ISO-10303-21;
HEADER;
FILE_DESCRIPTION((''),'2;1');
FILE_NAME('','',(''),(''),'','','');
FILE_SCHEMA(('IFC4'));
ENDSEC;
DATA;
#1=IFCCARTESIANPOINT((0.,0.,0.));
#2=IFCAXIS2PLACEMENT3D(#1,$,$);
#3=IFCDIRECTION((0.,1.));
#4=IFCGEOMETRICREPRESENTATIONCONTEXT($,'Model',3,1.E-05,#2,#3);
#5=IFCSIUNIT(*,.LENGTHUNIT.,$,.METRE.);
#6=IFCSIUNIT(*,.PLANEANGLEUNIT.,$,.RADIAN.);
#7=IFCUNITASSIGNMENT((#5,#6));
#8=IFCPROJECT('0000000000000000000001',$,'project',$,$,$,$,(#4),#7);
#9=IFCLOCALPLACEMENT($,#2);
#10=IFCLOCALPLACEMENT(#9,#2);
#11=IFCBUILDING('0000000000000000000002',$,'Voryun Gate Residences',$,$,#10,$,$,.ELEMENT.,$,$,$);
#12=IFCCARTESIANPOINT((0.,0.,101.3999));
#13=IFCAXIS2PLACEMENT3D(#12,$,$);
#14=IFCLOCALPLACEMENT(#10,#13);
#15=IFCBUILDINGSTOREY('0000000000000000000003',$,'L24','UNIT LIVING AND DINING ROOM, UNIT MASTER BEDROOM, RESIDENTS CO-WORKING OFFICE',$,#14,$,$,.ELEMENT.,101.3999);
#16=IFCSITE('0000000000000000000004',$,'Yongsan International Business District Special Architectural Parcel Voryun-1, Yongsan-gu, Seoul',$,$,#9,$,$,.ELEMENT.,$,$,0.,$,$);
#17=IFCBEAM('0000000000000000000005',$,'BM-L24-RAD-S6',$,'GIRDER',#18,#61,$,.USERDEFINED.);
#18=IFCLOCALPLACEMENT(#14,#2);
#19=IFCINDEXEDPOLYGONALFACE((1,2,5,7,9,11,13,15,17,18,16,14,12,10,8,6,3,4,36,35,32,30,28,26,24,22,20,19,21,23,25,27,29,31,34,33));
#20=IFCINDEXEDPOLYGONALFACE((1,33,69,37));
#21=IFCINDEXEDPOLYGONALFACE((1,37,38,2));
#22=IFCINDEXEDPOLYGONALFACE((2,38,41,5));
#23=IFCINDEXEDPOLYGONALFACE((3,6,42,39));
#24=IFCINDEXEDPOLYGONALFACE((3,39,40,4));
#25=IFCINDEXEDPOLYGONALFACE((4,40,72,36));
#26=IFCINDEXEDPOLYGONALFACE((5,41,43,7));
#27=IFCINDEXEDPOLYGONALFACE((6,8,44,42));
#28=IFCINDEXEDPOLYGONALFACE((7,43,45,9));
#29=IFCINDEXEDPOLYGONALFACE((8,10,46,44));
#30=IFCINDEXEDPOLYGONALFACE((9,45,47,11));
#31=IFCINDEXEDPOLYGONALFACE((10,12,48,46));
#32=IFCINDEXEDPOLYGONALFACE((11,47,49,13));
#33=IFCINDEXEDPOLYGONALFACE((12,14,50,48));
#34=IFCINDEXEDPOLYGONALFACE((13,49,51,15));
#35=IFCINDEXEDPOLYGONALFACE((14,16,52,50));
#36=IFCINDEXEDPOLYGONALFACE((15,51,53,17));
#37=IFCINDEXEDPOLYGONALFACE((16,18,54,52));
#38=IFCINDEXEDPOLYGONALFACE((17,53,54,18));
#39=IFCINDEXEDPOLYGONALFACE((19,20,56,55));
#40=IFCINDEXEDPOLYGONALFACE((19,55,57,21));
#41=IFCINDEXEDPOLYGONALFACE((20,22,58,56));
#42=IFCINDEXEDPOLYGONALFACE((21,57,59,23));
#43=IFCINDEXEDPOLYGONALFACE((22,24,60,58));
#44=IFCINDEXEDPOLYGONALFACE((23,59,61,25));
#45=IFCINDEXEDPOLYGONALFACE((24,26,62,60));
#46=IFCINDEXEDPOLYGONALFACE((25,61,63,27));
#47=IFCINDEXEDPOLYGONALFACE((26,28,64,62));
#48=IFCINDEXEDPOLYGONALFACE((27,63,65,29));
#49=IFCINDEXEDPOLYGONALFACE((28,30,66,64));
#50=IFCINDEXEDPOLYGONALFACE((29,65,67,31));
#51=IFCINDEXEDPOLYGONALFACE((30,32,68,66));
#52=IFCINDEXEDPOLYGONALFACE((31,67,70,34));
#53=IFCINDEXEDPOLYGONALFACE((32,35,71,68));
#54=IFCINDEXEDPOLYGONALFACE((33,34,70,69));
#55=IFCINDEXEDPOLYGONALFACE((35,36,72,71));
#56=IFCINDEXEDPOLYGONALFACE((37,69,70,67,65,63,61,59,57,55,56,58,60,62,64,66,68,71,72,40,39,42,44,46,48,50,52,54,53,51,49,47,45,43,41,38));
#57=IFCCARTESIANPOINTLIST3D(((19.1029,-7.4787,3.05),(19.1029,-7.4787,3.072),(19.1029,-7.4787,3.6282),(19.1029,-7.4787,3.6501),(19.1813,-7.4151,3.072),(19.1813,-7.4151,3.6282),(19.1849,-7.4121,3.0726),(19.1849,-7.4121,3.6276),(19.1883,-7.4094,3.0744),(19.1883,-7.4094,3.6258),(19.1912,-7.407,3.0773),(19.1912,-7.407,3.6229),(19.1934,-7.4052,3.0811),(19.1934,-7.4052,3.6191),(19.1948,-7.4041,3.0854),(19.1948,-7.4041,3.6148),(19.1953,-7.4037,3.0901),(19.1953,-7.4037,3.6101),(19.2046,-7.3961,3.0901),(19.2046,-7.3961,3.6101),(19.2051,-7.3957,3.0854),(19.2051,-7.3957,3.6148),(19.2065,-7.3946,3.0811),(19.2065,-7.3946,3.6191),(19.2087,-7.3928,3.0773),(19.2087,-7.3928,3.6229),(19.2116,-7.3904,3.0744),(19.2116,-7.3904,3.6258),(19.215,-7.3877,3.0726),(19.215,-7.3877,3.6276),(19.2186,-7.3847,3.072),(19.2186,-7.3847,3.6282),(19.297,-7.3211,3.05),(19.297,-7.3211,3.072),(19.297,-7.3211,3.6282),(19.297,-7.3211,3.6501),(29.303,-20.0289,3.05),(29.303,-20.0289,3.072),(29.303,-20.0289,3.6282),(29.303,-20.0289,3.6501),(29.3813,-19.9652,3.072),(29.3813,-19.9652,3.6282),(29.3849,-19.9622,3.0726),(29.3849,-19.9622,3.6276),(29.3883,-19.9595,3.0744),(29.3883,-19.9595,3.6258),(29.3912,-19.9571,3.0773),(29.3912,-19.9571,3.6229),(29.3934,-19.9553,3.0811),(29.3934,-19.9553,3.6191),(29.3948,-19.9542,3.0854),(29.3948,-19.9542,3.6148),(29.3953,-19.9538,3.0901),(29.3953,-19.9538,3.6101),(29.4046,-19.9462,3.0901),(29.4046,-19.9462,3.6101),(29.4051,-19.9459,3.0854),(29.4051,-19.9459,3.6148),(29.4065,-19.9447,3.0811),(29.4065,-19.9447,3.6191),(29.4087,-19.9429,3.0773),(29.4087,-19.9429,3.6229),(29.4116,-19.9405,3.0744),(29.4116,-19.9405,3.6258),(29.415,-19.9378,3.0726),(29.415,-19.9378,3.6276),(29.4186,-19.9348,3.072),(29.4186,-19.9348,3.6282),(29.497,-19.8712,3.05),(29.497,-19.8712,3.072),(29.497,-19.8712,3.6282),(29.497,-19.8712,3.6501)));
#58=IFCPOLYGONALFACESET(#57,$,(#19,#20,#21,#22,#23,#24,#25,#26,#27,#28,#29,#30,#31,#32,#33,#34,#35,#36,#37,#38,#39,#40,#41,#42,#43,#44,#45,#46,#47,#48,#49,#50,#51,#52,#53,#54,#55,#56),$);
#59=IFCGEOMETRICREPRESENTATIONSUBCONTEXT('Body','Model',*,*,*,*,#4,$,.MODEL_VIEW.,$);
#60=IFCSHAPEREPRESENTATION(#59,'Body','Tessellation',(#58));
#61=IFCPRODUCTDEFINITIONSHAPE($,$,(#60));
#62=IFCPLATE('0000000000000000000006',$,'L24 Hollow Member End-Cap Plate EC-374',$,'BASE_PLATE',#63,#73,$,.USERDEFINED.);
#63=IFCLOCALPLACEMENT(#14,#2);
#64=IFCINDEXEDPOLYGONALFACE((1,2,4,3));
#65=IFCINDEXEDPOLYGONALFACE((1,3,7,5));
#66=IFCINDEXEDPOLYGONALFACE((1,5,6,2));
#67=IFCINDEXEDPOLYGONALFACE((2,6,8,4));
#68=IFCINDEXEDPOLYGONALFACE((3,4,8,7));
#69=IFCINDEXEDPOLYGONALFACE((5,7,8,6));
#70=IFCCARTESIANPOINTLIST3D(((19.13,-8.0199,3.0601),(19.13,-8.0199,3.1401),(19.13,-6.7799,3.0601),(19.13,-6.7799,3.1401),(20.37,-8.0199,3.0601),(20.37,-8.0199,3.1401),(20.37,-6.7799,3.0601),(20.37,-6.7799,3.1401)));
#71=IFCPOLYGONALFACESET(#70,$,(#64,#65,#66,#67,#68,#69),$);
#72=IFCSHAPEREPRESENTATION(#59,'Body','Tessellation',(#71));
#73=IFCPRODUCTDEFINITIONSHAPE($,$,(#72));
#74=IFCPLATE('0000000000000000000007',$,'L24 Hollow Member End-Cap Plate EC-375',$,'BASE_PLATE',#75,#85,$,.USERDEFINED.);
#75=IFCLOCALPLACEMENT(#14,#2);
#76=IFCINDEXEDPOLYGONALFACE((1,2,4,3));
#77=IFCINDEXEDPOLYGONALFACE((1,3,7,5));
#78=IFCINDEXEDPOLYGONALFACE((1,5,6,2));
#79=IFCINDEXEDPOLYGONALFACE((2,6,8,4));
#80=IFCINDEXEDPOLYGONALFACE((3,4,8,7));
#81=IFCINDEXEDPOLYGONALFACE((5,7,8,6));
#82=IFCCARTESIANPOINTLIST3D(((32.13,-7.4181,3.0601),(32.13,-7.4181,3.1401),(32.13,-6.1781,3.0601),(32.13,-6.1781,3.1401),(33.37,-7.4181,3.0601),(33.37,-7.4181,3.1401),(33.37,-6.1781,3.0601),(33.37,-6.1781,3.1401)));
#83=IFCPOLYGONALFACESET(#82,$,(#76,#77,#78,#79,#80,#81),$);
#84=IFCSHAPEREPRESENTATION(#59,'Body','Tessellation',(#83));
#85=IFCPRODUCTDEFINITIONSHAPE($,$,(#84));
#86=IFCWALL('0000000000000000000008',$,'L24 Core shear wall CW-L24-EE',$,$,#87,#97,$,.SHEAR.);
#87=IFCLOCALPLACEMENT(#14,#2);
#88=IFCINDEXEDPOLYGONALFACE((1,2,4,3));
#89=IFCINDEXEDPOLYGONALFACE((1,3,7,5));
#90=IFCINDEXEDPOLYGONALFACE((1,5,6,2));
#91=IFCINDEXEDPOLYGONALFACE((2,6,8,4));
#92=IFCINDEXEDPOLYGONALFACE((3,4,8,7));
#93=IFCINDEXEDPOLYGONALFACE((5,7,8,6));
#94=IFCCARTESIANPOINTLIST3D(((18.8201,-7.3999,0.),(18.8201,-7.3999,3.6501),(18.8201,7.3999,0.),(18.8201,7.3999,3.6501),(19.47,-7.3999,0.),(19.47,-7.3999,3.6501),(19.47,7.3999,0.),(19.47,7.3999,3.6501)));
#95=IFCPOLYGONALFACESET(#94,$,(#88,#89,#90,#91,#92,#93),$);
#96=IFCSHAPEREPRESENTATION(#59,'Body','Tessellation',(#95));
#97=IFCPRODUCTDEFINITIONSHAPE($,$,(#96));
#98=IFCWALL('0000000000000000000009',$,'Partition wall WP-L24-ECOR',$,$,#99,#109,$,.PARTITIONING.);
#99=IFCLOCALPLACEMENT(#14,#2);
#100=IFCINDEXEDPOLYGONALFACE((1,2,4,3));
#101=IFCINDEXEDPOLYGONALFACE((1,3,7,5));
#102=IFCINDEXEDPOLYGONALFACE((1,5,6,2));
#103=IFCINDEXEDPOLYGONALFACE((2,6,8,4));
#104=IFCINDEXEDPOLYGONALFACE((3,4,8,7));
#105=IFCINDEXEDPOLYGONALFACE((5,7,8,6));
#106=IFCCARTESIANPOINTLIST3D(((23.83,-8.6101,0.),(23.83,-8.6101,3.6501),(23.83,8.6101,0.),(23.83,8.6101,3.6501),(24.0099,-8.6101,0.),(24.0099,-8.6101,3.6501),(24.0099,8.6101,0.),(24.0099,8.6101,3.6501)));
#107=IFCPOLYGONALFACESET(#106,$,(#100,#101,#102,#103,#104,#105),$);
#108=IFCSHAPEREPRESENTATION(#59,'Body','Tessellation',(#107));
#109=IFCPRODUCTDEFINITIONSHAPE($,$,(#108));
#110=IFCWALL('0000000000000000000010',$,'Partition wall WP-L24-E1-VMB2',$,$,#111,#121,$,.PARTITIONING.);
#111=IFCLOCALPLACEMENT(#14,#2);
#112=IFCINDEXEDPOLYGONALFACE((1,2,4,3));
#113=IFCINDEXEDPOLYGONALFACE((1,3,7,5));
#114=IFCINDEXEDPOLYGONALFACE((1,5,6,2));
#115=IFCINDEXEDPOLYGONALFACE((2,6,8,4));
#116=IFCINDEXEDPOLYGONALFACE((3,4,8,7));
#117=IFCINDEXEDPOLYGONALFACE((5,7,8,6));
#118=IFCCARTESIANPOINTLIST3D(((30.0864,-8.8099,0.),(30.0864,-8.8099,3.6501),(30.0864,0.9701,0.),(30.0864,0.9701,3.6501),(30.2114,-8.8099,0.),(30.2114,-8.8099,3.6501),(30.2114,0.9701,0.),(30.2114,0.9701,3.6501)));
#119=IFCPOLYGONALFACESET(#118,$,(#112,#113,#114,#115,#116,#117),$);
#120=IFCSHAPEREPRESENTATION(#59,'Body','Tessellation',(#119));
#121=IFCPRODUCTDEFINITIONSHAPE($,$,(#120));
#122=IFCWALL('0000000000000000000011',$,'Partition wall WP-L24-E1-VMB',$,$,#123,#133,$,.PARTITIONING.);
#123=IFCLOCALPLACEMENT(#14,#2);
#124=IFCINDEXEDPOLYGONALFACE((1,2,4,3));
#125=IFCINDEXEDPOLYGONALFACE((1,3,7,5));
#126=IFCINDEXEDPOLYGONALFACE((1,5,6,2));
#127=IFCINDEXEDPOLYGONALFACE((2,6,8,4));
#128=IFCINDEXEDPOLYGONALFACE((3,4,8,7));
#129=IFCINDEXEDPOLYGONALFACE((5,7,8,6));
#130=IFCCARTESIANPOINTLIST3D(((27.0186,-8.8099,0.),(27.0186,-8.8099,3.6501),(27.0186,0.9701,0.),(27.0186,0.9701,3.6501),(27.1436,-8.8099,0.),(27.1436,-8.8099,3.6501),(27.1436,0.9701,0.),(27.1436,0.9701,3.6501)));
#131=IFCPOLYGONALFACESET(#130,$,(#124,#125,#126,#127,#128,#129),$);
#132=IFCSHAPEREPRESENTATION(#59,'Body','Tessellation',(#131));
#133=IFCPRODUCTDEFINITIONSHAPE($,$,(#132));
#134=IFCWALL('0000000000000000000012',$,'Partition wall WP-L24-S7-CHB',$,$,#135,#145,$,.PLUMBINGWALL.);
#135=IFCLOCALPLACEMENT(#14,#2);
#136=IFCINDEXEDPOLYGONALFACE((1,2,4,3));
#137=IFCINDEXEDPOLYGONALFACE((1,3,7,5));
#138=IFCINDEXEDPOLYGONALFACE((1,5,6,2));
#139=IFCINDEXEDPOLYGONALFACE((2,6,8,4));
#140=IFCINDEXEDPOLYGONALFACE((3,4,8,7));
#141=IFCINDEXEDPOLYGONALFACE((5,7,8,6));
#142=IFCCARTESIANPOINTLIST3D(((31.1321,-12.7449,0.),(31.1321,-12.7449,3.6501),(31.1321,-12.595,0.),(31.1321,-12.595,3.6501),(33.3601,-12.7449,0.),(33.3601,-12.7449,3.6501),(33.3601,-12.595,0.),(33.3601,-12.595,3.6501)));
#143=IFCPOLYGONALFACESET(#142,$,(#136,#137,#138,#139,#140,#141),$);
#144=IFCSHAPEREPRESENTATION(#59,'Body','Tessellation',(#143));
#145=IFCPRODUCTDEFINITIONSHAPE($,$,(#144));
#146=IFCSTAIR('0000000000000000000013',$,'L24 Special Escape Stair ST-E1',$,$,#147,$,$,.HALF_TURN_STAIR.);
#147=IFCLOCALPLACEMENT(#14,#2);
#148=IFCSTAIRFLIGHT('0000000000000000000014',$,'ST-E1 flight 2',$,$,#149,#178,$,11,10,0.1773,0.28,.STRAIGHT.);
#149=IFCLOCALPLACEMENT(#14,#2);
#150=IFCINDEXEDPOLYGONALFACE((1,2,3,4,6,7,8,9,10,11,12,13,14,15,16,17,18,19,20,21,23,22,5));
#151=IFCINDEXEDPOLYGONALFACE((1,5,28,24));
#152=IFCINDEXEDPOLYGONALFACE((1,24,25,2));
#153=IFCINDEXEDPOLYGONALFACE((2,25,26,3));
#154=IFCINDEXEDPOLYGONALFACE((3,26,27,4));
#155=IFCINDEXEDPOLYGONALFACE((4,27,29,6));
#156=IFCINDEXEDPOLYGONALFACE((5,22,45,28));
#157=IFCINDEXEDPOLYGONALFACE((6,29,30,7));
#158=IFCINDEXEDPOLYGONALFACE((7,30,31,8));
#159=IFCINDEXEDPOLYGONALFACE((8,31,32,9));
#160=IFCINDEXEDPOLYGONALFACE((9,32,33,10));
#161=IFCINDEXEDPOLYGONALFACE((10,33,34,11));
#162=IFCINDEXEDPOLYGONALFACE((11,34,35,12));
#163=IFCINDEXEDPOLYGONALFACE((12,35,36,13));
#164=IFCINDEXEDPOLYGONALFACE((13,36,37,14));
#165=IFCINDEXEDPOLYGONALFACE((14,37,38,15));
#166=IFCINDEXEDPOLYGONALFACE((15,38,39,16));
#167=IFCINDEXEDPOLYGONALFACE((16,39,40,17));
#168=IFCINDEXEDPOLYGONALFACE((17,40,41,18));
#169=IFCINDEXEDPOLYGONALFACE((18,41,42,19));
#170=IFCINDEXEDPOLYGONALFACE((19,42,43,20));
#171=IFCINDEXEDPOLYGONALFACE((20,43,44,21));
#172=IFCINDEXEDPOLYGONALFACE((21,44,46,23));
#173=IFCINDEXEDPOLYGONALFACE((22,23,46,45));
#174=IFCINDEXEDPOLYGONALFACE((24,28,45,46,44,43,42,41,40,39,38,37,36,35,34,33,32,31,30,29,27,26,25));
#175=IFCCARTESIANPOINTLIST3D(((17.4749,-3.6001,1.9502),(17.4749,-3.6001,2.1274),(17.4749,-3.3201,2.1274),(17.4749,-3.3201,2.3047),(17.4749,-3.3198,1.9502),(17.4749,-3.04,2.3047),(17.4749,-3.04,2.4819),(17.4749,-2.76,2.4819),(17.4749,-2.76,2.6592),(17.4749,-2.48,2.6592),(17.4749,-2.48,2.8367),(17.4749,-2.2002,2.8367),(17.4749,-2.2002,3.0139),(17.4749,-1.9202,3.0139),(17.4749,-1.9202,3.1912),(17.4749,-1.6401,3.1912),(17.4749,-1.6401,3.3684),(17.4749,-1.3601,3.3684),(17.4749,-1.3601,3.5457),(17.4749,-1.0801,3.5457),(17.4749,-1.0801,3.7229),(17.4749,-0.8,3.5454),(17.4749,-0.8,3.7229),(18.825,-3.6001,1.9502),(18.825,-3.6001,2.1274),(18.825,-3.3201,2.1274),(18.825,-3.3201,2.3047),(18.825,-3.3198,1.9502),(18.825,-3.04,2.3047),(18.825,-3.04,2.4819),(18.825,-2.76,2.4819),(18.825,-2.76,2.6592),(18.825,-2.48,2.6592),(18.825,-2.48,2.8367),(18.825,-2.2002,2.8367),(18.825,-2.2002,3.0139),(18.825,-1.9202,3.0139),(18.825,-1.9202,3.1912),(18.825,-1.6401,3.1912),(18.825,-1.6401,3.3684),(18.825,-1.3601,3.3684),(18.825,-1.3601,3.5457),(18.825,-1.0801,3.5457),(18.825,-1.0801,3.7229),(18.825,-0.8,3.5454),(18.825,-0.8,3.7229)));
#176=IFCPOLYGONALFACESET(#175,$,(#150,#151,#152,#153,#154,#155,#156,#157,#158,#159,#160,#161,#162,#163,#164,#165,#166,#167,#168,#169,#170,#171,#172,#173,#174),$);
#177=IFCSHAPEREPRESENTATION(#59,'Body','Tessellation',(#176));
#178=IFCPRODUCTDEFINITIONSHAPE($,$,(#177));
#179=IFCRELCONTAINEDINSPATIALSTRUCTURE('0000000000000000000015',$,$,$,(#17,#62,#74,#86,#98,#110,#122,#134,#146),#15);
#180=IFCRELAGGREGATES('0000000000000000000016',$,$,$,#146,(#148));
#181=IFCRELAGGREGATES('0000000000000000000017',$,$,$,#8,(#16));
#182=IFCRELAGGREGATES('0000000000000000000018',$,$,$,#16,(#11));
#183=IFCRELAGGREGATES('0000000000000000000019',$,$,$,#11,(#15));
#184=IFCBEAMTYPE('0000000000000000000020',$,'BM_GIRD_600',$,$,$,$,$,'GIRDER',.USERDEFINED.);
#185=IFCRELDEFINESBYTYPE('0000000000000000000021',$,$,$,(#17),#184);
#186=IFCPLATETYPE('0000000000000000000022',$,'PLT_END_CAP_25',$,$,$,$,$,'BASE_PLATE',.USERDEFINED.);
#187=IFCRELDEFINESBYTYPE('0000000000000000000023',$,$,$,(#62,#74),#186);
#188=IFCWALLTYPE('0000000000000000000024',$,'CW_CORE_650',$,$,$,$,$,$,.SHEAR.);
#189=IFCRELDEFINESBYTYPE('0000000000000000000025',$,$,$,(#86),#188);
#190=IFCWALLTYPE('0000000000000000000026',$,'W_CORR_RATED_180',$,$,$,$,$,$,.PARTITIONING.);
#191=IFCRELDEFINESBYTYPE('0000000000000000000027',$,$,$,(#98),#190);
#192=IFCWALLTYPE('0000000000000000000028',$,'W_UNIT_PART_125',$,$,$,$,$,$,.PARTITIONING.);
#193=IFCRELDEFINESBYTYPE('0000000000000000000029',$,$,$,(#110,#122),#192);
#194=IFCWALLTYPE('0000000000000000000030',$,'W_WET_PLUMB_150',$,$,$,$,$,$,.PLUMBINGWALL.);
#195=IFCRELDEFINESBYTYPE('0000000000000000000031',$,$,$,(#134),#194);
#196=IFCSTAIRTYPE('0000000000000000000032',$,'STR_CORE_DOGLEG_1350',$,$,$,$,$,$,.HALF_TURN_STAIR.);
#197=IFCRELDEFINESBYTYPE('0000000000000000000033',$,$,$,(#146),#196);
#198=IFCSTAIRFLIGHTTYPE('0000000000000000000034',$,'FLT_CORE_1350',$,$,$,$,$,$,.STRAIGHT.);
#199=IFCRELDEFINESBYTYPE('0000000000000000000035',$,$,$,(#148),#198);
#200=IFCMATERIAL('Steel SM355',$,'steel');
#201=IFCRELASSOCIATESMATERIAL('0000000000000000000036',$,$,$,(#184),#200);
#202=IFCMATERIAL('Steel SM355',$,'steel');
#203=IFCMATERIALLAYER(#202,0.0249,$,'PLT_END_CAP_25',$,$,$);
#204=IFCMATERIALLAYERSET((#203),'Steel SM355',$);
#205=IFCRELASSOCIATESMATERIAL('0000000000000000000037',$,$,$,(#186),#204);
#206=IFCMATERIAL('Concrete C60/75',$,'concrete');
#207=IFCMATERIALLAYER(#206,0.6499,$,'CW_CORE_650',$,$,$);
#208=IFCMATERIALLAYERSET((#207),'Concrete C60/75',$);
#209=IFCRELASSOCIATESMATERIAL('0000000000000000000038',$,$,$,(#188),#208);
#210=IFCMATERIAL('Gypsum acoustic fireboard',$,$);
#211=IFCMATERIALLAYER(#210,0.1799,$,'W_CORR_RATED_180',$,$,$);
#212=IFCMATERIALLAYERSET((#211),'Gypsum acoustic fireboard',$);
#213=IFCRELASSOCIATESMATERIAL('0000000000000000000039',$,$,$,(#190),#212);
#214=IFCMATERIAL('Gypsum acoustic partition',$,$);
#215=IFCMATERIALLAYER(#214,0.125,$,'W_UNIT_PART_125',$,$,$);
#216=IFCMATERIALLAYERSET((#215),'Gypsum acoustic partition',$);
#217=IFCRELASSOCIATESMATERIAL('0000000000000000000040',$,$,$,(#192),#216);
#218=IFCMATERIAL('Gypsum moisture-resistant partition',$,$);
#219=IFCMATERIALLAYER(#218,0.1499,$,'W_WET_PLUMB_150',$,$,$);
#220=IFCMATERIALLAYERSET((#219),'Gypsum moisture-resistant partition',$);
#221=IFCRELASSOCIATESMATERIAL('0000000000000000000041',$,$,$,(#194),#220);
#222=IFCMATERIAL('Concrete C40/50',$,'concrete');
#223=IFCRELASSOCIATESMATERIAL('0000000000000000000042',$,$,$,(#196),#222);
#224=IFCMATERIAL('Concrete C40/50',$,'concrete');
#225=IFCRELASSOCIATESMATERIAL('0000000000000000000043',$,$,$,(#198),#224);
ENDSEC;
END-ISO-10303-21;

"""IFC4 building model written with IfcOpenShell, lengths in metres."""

from ifc_helpers import new_model, si_unit, direction, frame, frame_2d, origin, origin_2d, place, context, subcontext, project, spatial, polyline, rectangle, i_section, outline, extrude, material, layer, layer_set, material_profile, profile_set, type_object, element, aggregate, save


model = new_model("IFC4")

# Units and contexts
model_context = context("Model", 3, precision=1e-05, world=origin(), true_north=direction((0.0, 1.0)))
body_context = subcontext(model_context, "Body", "Model", "MODEL_VIEW")
ifc_project = project(units=[si_unit("LENGTHUNIT", "METRE"), si_unit("PLANEANGLEUNIT", "RADIAN")], contexts=[model_context])

# Site, building, storey
site_placement = place(None, origin())
site = spatial("IfcSite", under=ifc_project, at=site_placement, Name="Yongsan International Business District Special Architectural Parcel Voryun-1, Yongsan-gu, Seoul", CompositionType="ELEMENT", RefElevation=0.0)
building_placement = place(site_placement, origin())
building = spatial("IfcBuilding", under=site, at=building_placement, Name="Voryun Gate Residences", CompositionType="ELEMENT")
storey_placement = place(building_placement, frame((0.0, 0.0, 101.3999)))
storey = spatial("IfcBuildingStorey", under=building, at=storey_placement, Name="L24", Description="UNIT LIVING AND DINING ROOM, UNIT MASTER BEDROOM, RESIDENTS CO-WORKING OFFICE", CompositionType="ELEMENT", Elevation=101.3999)

# Beam
ifc_material_1 = material(Name="Steel SM355", Category="steel")
ifc_material_profile_1 = material_profile(ifc_material_1, i_section(OverallWidth=0.25, OverallDepth=0.6001, WebThickness=0.012, FlangeThickness=0.022, FilletRadius=0.0181, at=origin_2d()), Name="H-600x250x12x22")
ifc_profile_set_1 = profile_set([ifc_material_profile_1], Name="Steel SM355")
beam_type_1 = type_object("IfcBeamType", Name="BM_GIRD_600", ElementType="GIRDER", PredefinedType="USERDEFINED", material=ifc_profile_set_1)
beam_1_placement = place(storey_placement, frame((19.2, -7.3999, 3.3501), z_axis=(0.630706, -0.776022, 0.0), x_axis=(0.776022, 0.630706, 0.0)))
element("IfcBeam", 1, at=beam_1_placement, inside=storey, type_object=beam_type_1, Name="BM-L24-RAD-S6", ObjectType="GIRDER", PredefinedType="USERDEFINED", context=body_context, shape_type="SweptSolid", body=[
    extrude(i_section(OverallWidth=0.25, OverallDepth=0.6001, WebThickness=0.012, FlangeThickness=0.022, FilletRadius=0.0181, at=origin_2d()), origin(), (0.0, 0.0, 1.0), 16.1724),
])

# Plates
ifc_material_2 = material(Name="Steel SM355", Category="steel")
ifc_layer_1 = layer(ifc_material_2, 0.0249, Name="PLT_END_CAP_25")
ifc_layer_set_1 = layer_set([ifc_layer_1], Name="Steel SM355")
plate_type = type_object("IfcPlateType", Name="PLT_END_CAP_25", ElementType="BASE_PLATE", PredefinedType="USERDEFINED", material=ifc_layer_set_1)
for number, where, z_axis, x_axis, name in (
    (2, (19.75, -7.3999, 3.0601), (0.0, 0.0, 1.0), (1.0, 0.0, 0.0), "L24 Hollow Member End-Cap Plate EC-374"),
    (3, (32.75, -6.7981, 3.0601), (0.0, 0.0, 1.0), (1.0, 0.0, 0.0), "L24 Hollow Member End-Cap Plate EC-375"),
):
    element("IfcPlate", number, at=place(storey_placement, frame(where, z_axis=z_axis, x_axis=x_axis)), inside=storey, type_object=plate_type, Name=name, ObjectType="BASE_PLATE", PredefinedType="USERDEFINED", context=body_context, shape_type="SweptSolid", body=[
        extrude(rectangle(XDim=1.24, YDim=1.24, at=origin_2d()), origin(), (0.0, 0.0, 1.0), 0.0801),
    ])

# Walls
ifc_material_3 = material(Name="Concrete C60/75", Category="concrete")
ifc_layer_2 = layer(ifc_material_3, 0.6499, Name="CW_CORE_650")
ifc_layer_set_2 = layer_set([ifc_layer_2], Name="Concrete C60/75")
wall_type_1 = type_object("IfcWallType", Name="CW_CORE_650", PredefinedType="SHEAR", material=ifc_layer_set_2)
wall_1_placement = place(storey_placement, frame((19.145, -7.3999, 0.0), z_axis=(0.0, 0.0, 1.0), x_axis=(0.0, 1.0, 0.0)))
element("IfcWall", 4, at=wall_1_placement, inside=storey, type_object=wall_type_1, Name="L24 Core shear wall CW-L24-EE", PredefinedType="SHEAR", context=body_context, shape_type="SweptSolid", body=[
    extrude(rectangle(XDim=14.7998, YDim=0.6499, at=frame_2d((7.3999, 0.0))), origin(), (0.0, 0.0, 1.0), 3.6501),
])
ifc_material_4 = material(Name="Gypsum acoustic fireboard")
ifc_layer_3 = layer(ifc_material_4, 0.1799, Name="W_CORR_RATED_180")
ifc_layer_set_3 = layer_set([ifc_layer_3], Name="Gypsum acoustic fireboard")
wall_type_2 = type_object("IfcWallType", Name="W_CORR_RATED_180", PredefinedType="PARTITIONING", material=ifc_layer_set_3)
wall_2_placement = place(storey_placement, frame((23.9199, -8.6101, 0.0), z_axis=(0.0, 0.0, 1.0), x_axis=(0.0, 1.0, 0.0)))
element("IfcWall", 5, at=wall_2_placement, inside=storey, type_object=wall_type_2, Name="Partition wall WP-L24-ECOR", PredefinedType="PARTITIONING", context=body_context, shape_type="SweptSolid", body=[
    extrude(rectangle(XDim=17.2202, YDim=0.1799, at=frame_2d((8.6101, 0.0))), origin(), (0.0, 0.0, 1.0), 3.6501),
])
ifc_material_5 = material(Name="Gypsum acoustic partition")
ifc_layer_4 = layer(ifc_material_5, 0.125, Name="W_UNIT_PART_125")
ifc_layer_set_4 = layer_set([ifc_layer_4], Name="Gypsum acoustic partition")
wall_type_3 = type_object("IfcWallType", Name="W_UNIT_PART_125", PredefinedType="PARTITIONING", material=ifc_layer_set_4)
for number, where, z_axis, x_axis, name in (
    (6, (30.1489, -8.8101, 0.0), (0.0, 0.0, 1.0), (0.0, 1.0, 0.0), "Partition wall WP-L24-E1-VMB2"),
    (7, (27.0811, -8.8101, 0.0), (0.0, 0.0, 1.0), (0.0, 1.0, 0.0), "Partition wall WP-L24-E1-VMB"),
):
    element("IfcWall", number, at=place(storey_placement, frame(where, z_axis=z_axis, x_axis=x_axis)), inside=storey, type_object=wall_type_3, Name=name, PredefinedType="PARTITIONING", context=body_context, shape_type="SweptSolid", body=[
        extrude(rectangle(XDim=9.78, YDim=0.125, at=frame_2d((4.8901, 0.0))), origin(), (0.0, 0.0, 1.0), 3.6501),
    ])
ifc_material_6 = material(Name="Gypsum moisture-resistant partition")
ifc_layer_5 = layer(ifc_material_6, 0.1499, Name="W_WET_PLUMB_150")
ifc_layer_set_5 = layer_set([ifc_layer_5], Name="Gypsum moisture-resistant partition")
wall_type_4 = type_object("IfcWallType", Name="W_WET_PLUMB_150", PredefinedType="PLUMBINGWALL", material=ifc_layer_set_5)
wall_3_placement = place(storey_placement, frame((31.1321, -12.6699, 0.0), z_axis=(0.0, 0.0, 1.0), x_axis=(1.0, 0.0, 0.0)))
element("IfcWall", 8, at=wall_3_placement, inside=storey, type_object=wall_type_4, Name="Partition wall WP-L24-S7-CHB", PredefinedType="PLUMBINGWALL", context=body_context, shape_type="SweptSolid", body=[
    extrude(rectangle(XDim=2.228, YDim=0.1499, at=frame_2d((1.114, 0.0))), origin(), (0.0, 0.0, 1.0), 3.6501),
])

# Stair, stair flight
ifc_material_7 = material(Name="Concrete C40/50", Category="concrete")
stair_type = type_object("IfcStairType", Name="STR_CORE_DOGLEG_1350", PredefinedType="HALF_TURN_STAIR", material=ifc_material_7)
stair_placement = place(storey_placement, origin())
stair = element("IfcStair", 9, at=stair_placement, inside=storey, type_object=stair_type, Name="L24 Special Escape Stair ST-E1", PredefinedType="HALF_TURN_STAIR")
ifc_material_8 = material(Name="Concrete C40/50", Category="concrete")
stair_flight_type = type_object("IfcStairFlightType", Name="FLT_CORE_1350", PredefinedType="STRAIGHT", material=ifc_material_8)
stair_flight_placement = place(storey_placement, frame((18.1499, -3.6001, 1.9502), z_axis=(0.0, 0.0, 1.0), x_axis=(0.0, 1.0, 0.0)))
stair_flight = element("IfcStairFlight", 10, at=stair_flight_placement, type_object=stair_flight_type, Name="ST-E1 flight 2", NumberOfRisers=11, NumberOfTreads=10, PredefinedType="STRAIGHT", RiserHeight=0.1773, TreadLength=0.28, context=body_context, shape_type="SweptSolid", body=[
    extrude(outline(polyline([(0.0, 0.0), (0.0, 0.1772), (0.28, 0.1772), (0.28, 0.3545), (0.5601, 0.3545), (0.5601, 0.5317), (0.8401, 0.5317), (0.8401, 0.709), (1.1201, 0.709), (1.1201, 0.8865), (1.3999, 0.8865), (1.3999, 1.0637), (1.6799, 1.0637), (1.6799, 1.241), (1.96, 1.241), (1.96, 1.4182), (2.24, 1.4182), (2.24, 1.5955), (2.52, 1.5955), (2.52, 1.7727), (2.8, 1.7727), (2.8, 1.95), (2.8, 1.5952), (0.2803, 0.0), (0.0, 0.0)])), frame((0.0, 0.675, 0.0), z_axis=(0.0, -1.0, 0.0), x_axis=(1.0, 0.0, 0.0)), (0.0, 0.0, 1.0), 1.3501),
])
aggregate(stair, [stair_flight])

save(model, "model.ifc")
